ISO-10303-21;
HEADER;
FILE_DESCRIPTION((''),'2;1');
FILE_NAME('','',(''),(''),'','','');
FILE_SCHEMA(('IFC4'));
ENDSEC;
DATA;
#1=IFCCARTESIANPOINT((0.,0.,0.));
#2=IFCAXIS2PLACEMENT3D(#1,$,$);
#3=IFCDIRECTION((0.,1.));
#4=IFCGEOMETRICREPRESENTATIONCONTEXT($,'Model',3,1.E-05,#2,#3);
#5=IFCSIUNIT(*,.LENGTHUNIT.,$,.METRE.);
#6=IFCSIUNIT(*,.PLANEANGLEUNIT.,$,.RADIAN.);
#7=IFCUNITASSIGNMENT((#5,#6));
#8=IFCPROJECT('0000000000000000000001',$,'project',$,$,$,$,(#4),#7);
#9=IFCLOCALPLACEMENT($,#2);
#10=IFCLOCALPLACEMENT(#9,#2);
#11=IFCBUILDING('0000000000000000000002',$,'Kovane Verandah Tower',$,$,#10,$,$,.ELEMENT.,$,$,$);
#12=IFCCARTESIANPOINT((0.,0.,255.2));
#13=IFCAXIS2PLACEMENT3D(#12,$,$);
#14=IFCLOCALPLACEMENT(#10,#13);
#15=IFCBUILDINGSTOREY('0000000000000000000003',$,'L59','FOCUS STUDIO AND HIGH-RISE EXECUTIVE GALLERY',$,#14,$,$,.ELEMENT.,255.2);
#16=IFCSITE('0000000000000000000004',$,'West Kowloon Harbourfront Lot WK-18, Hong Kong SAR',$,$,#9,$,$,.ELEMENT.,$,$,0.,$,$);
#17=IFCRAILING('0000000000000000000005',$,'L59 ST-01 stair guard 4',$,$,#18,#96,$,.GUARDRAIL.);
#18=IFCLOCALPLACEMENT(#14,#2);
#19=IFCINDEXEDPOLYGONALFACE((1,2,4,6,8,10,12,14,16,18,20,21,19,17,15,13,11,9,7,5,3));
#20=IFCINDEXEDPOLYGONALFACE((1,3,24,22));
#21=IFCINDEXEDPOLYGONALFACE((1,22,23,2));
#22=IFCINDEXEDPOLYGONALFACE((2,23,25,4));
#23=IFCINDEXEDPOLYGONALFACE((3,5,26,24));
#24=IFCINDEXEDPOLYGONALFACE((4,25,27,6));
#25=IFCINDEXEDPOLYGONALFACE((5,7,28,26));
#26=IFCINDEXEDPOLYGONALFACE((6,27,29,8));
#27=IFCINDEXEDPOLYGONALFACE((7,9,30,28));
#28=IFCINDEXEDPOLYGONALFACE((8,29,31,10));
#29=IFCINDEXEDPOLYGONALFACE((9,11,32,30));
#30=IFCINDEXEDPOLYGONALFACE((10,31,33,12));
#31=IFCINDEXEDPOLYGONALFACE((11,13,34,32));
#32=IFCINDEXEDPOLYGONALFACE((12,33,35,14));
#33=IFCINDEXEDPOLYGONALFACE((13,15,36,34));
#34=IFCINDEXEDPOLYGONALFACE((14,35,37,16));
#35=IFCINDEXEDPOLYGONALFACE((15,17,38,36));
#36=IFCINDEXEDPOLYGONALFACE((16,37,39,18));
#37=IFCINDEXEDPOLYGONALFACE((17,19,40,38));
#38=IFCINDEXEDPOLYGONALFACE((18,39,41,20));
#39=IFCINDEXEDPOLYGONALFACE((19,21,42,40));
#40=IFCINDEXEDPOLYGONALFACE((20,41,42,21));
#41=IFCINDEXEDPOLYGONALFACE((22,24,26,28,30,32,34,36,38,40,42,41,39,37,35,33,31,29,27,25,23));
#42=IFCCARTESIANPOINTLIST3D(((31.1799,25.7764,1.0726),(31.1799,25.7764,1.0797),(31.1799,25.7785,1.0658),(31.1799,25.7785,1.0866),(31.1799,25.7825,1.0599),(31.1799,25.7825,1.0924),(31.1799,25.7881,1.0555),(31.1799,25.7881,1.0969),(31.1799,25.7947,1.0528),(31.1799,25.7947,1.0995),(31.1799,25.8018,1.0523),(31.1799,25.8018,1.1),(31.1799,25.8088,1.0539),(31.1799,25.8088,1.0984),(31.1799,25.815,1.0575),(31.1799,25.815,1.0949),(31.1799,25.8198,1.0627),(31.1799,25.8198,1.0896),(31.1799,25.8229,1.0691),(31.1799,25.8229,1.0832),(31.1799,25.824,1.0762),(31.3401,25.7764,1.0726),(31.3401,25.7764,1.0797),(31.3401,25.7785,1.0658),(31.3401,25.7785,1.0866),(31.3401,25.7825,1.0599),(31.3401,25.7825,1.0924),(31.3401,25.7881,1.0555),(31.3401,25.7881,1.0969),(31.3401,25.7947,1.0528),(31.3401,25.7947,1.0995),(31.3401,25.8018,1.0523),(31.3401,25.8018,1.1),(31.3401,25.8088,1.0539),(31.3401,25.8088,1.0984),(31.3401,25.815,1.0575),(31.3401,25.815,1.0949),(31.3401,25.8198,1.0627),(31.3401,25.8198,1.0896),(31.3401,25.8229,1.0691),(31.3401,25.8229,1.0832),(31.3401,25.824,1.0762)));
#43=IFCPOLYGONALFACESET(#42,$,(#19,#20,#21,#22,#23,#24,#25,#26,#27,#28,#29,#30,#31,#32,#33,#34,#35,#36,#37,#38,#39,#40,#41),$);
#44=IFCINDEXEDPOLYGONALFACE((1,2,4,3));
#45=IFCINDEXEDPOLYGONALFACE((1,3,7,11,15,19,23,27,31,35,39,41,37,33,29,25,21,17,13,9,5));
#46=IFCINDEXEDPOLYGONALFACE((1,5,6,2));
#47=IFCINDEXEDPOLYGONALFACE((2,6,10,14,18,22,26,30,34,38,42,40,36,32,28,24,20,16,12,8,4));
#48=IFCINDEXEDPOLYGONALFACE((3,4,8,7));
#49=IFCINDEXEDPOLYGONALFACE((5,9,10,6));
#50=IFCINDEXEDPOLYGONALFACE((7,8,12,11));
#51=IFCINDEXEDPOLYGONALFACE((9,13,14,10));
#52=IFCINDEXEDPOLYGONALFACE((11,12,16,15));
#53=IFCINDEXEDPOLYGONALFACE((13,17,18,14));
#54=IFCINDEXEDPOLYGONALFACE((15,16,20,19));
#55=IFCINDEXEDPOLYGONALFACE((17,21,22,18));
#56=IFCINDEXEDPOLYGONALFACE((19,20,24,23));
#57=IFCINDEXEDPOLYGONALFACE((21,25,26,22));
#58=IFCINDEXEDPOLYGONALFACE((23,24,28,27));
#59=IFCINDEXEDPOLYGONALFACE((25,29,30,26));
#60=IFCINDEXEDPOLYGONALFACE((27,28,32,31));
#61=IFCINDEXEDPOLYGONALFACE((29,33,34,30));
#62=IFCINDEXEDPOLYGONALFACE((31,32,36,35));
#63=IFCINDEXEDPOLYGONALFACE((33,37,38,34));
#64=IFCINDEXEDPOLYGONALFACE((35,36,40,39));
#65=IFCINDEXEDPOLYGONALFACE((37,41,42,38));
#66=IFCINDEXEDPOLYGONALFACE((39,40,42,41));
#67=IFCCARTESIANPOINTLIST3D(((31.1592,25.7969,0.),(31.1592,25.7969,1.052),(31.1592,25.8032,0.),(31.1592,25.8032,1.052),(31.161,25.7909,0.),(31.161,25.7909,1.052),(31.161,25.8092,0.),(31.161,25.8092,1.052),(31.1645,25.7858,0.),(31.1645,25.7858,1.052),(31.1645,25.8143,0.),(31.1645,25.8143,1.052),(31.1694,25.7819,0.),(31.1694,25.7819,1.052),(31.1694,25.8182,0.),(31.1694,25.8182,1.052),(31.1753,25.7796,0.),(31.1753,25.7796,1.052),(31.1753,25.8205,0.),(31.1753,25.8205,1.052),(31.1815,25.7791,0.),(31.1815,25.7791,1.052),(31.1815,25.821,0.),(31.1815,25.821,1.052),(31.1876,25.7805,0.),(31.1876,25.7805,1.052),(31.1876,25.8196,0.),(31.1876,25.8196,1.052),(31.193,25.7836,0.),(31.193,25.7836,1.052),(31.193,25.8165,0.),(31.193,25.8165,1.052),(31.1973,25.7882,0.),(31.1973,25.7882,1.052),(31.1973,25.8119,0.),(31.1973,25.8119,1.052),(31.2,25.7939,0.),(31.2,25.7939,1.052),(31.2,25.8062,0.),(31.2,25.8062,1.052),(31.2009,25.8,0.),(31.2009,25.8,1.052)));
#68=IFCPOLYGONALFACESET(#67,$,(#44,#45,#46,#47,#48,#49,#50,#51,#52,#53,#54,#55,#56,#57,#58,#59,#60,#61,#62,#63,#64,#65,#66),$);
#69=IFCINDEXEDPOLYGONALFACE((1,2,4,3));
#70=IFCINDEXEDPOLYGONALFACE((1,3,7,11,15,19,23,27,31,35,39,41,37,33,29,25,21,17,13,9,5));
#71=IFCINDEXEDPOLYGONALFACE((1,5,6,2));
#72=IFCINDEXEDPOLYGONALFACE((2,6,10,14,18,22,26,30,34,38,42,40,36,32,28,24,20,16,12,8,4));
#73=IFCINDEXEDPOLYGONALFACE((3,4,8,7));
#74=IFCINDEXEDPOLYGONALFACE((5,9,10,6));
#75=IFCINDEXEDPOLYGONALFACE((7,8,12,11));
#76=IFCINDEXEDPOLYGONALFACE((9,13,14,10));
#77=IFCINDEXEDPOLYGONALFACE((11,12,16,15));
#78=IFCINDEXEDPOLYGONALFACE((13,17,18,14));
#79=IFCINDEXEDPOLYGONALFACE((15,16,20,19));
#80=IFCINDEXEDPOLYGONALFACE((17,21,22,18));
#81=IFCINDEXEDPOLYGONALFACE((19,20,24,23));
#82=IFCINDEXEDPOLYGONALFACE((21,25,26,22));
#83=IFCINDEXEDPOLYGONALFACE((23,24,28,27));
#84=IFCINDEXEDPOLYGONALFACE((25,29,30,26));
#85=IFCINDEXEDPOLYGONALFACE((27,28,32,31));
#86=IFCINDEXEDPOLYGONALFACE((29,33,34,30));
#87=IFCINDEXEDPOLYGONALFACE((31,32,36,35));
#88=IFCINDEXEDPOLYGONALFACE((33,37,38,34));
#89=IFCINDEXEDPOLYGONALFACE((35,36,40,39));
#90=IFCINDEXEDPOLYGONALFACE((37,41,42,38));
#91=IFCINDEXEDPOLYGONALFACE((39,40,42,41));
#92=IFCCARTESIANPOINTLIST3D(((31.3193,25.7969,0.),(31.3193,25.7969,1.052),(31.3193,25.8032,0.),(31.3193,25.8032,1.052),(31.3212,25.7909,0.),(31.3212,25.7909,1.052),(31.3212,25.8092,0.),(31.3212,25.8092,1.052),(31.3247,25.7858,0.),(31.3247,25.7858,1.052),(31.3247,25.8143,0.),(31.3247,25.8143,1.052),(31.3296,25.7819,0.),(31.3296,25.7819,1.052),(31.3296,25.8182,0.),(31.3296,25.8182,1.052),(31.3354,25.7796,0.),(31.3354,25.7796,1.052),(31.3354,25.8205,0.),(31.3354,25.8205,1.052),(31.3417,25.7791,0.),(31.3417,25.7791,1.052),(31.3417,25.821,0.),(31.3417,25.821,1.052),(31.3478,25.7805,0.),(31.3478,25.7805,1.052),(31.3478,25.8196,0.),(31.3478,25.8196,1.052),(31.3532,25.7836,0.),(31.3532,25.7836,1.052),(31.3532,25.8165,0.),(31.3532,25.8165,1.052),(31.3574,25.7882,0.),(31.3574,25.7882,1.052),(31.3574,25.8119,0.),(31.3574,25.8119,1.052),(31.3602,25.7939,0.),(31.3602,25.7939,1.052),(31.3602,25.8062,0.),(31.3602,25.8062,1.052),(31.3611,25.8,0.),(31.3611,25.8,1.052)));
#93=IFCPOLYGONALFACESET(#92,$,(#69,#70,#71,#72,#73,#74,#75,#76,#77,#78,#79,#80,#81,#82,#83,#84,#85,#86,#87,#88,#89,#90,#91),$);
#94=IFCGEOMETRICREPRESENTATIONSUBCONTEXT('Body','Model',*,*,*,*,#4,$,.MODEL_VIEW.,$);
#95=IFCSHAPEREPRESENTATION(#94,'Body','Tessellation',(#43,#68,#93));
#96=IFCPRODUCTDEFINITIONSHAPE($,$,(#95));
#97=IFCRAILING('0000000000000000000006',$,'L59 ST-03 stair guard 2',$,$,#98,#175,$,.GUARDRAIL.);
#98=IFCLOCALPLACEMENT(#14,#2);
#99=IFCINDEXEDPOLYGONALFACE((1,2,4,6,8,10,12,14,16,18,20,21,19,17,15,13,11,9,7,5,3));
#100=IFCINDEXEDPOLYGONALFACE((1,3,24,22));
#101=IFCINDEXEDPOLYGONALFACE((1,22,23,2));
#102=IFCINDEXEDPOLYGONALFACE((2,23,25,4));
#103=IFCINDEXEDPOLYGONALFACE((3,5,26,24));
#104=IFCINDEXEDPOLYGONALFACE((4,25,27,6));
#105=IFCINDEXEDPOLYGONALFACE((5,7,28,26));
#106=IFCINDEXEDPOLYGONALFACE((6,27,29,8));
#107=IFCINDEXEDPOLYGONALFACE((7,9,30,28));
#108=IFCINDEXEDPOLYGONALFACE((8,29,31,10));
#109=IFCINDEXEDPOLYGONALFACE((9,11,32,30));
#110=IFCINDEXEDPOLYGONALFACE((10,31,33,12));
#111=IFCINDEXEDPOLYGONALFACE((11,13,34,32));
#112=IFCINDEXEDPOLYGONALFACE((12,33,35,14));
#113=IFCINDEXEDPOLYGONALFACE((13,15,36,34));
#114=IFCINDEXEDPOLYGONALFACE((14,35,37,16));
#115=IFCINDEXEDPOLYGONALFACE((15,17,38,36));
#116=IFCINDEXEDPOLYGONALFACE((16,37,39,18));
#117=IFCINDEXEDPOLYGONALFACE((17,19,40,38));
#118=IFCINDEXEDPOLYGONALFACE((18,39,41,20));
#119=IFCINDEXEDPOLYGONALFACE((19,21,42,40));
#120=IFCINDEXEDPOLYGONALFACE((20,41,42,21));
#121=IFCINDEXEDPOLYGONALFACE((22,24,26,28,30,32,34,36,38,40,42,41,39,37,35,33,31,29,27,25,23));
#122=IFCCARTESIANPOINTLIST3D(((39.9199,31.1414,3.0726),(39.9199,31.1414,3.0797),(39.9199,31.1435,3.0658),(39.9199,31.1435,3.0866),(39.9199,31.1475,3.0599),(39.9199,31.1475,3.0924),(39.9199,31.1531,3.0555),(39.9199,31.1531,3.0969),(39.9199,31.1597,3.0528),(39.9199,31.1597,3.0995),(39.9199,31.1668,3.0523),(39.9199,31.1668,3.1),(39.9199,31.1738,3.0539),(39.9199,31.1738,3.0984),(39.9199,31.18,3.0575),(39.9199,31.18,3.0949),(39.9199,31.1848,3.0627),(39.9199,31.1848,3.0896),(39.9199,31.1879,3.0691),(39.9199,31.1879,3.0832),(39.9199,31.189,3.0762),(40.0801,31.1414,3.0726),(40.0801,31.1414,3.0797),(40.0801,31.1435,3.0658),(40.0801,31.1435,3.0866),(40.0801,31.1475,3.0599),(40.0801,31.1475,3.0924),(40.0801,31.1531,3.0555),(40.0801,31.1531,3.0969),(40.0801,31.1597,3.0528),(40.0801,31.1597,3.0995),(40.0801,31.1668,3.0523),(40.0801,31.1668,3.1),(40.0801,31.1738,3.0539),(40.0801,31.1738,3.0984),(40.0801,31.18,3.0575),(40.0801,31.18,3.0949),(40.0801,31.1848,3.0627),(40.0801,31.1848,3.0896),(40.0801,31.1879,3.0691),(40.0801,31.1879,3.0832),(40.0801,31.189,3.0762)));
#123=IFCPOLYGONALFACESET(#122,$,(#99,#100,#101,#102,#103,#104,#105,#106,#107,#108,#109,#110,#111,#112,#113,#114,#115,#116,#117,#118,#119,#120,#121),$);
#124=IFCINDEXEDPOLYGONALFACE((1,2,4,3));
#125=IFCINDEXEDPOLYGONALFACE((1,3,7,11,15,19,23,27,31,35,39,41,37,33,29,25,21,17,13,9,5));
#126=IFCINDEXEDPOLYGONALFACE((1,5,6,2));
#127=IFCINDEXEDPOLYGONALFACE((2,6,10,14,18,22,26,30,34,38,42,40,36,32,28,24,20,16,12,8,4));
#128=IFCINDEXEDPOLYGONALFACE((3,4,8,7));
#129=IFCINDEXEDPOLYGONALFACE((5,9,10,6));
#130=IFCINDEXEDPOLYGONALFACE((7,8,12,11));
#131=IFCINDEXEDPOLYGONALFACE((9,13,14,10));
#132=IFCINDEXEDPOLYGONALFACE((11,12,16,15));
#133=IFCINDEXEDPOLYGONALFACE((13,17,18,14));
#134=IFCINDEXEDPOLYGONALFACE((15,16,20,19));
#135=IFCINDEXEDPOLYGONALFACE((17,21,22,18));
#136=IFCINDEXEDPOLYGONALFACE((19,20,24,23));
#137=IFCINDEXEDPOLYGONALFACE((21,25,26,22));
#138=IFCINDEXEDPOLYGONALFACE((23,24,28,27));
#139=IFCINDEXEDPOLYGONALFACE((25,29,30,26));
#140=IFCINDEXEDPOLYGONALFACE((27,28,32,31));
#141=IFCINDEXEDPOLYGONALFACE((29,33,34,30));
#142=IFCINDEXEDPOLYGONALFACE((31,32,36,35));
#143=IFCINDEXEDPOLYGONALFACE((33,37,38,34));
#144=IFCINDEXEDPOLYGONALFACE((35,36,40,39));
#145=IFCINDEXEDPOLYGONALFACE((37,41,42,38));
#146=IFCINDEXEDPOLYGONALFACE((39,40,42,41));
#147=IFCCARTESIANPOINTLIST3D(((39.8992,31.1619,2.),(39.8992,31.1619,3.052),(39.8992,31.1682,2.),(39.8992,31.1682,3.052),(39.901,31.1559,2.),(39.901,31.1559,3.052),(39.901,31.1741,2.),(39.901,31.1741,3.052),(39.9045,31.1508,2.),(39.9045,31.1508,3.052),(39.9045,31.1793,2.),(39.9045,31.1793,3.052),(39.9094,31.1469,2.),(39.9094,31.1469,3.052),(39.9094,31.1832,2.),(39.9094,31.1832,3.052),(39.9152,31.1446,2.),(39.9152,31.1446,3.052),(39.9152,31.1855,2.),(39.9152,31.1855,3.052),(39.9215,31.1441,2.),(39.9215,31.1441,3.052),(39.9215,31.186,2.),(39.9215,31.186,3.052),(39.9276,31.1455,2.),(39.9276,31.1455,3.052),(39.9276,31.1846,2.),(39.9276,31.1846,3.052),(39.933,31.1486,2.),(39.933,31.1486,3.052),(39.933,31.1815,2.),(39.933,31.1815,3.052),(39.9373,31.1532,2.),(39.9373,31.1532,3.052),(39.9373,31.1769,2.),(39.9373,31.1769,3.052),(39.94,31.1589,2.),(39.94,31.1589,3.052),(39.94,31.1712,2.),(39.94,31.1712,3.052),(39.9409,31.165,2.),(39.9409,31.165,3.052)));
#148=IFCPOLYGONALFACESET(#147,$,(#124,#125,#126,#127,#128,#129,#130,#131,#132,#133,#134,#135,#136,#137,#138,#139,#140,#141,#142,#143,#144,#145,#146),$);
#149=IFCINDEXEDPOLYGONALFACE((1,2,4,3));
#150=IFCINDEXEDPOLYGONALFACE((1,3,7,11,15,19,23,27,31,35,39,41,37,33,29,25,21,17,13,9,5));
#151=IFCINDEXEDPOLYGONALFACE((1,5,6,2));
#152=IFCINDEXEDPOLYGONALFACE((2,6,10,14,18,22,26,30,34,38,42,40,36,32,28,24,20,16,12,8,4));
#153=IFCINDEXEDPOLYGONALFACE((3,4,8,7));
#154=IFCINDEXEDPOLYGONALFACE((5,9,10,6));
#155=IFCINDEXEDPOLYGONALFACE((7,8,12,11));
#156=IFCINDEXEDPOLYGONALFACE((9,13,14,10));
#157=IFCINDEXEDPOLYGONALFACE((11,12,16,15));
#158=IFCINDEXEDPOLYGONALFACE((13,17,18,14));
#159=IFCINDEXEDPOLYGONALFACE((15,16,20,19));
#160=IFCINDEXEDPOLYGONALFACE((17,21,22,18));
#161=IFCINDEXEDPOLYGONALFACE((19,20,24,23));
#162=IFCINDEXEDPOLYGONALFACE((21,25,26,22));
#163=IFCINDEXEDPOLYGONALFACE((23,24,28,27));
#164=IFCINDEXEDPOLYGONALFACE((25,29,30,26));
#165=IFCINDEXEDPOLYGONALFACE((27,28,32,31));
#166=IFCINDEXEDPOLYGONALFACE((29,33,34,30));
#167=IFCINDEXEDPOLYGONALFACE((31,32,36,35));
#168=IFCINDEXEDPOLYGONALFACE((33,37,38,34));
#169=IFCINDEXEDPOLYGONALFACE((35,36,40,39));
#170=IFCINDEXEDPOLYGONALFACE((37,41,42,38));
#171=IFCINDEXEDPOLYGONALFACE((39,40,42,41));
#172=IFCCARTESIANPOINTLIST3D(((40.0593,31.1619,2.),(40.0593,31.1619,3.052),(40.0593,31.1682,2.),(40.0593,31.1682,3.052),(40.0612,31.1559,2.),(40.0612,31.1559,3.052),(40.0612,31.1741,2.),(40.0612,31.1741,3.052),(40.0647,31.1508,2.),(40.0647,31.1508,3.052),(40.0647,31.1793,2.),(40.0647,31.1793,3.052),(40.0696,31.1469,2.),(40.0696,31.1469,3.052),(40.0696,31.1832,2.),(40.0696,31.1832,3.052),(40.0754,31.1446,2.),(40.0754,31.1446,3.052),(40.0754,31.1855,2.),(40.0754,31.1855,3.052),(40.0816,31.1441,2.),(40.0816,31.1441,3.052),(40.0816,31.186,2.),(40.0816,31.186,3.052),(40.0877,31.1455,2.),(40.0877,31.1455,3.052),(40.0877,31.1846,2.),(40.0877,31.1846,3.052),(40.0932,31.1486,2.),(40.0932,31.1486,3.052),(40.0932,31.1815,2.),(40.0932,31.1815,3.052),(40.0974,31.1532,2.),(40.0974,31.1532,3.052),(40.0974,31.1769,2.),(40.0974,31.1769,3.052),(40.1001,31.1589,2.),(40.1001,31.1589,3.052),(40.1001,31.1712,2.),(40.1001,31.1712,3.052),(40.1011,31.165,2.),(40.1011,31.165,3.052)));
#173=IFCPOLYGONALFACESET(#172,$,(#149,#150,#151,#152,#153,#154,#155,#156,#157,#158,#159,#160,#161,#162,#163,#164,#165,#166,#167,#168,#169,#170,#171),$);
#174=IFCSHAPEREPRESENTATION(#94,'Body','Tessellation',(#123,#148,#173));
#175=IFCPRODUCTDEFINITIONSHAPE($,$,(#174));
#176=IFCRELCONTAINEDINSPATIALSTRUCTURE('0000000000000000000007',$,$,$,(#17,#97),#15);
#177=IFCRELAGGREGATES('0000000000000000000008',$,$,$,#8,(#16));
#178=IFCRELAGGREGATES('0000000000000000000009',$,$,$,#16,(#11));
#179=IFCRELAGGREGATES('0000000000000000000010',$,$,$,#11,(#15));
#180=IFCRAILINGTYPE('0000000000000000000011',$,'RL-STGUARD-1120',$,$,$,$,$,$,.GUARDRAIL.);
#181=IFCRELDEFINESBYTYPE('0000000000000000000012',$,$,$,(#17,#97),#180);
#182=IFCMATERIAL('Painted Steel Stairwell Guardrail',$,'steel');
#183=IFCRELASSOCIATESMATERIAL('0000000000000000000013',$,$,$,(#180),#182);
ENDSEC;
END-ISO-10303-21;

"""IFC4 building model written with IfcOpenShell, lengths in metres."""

from ifc_helpers import new_model, si_unit, direction, frame, origin, origin_2d, place, context, subcontext, project, spatial, circle, extrude, material, type_object, element, save


model = new_model("IFC4")

# Units and contexts
model_context = context("Model", 3, precision=1e-05, world=origin(), true_north=direction((0.0, 1.0)))
body_context = subcontext(model_context, "Body", "Model", "MODEL_VIEW")
ifc_project = project(units=[si_unit("LENGTHUNIT", "METRE"), si_unit("PLANEANGLEUNIT", "RADIAN")], contexts=[model_context])

# Site, building, storey
site_placement = place(None, origin())
site = spatial("IfcSite", under=ifc_project, at=site_placement, Name="West Kowloon Harbourfront Lot WK-18, Hong Kong SAR", CompositionType="ELEMENT", RefElevation=0.0)
building_placement = place(site_placement, origin())
building = spatial("IfcBuilding", under=site, at=building_placement, Name="Kovane Verandah Tower", CompositionType="ELEMENT")
storey_placement = place(building_placement, frame((0.0, 0.0, 255.2)))
storey = spatial("IfcBuildingStorey", under=building, at=storey_placement, Name="L59", Description="FOCUS STUDIO AND HIGH-RISE EXECUTIVE GALLERY", CompositionType="ELEMENT", Elevation=255.2)

# Railings
ifc_material_1 = material(Name="Painted Steel Stairwell Guardrail", Category="steel")
railing_type_1 = type_object("IfcRailingType", Name="RL-STGUARD-1120", PredefinedType="GUARDRAIL", material=ifc_material_1)
for number, where, name in (
    (1, (31.1799, 25.8, 0.0), "L59 ST-01 stair guard 4"),
    (2, (39.9199, 31.165, 2.0), "L59 ST-03 stair guard 2"),
):
    element("IfcRailing", number, at=place(storey_placement, frame(where)), inside=storey, type_object=railing_type_1, Name=name, PredefinedType="GUARDRAIL", context=body_context, shape_type="SweptSolid", body=[
        extrude(circle(Radius=0.0239, at=origin_2d()), frame((0.0, 0.0, 1.0762), z_axis=(1.0, 0.0, 0.0), x_axis=(0.0, 1.0, 0.0)), (0.0, 0.0, 1.0), 0.1602),
        extrude(circle(Radius=0.021, at=origin_2d()), origin(), (0.0, 0.0, 1.0), 1.052),
        extrude(circle(Radius=0.021, at=origin_2d()), frame((0.1602, 0.0, 0.0)), (0.0, 0.0, 1.0), 1.052),
    ])

save(model, "model.ifc")
